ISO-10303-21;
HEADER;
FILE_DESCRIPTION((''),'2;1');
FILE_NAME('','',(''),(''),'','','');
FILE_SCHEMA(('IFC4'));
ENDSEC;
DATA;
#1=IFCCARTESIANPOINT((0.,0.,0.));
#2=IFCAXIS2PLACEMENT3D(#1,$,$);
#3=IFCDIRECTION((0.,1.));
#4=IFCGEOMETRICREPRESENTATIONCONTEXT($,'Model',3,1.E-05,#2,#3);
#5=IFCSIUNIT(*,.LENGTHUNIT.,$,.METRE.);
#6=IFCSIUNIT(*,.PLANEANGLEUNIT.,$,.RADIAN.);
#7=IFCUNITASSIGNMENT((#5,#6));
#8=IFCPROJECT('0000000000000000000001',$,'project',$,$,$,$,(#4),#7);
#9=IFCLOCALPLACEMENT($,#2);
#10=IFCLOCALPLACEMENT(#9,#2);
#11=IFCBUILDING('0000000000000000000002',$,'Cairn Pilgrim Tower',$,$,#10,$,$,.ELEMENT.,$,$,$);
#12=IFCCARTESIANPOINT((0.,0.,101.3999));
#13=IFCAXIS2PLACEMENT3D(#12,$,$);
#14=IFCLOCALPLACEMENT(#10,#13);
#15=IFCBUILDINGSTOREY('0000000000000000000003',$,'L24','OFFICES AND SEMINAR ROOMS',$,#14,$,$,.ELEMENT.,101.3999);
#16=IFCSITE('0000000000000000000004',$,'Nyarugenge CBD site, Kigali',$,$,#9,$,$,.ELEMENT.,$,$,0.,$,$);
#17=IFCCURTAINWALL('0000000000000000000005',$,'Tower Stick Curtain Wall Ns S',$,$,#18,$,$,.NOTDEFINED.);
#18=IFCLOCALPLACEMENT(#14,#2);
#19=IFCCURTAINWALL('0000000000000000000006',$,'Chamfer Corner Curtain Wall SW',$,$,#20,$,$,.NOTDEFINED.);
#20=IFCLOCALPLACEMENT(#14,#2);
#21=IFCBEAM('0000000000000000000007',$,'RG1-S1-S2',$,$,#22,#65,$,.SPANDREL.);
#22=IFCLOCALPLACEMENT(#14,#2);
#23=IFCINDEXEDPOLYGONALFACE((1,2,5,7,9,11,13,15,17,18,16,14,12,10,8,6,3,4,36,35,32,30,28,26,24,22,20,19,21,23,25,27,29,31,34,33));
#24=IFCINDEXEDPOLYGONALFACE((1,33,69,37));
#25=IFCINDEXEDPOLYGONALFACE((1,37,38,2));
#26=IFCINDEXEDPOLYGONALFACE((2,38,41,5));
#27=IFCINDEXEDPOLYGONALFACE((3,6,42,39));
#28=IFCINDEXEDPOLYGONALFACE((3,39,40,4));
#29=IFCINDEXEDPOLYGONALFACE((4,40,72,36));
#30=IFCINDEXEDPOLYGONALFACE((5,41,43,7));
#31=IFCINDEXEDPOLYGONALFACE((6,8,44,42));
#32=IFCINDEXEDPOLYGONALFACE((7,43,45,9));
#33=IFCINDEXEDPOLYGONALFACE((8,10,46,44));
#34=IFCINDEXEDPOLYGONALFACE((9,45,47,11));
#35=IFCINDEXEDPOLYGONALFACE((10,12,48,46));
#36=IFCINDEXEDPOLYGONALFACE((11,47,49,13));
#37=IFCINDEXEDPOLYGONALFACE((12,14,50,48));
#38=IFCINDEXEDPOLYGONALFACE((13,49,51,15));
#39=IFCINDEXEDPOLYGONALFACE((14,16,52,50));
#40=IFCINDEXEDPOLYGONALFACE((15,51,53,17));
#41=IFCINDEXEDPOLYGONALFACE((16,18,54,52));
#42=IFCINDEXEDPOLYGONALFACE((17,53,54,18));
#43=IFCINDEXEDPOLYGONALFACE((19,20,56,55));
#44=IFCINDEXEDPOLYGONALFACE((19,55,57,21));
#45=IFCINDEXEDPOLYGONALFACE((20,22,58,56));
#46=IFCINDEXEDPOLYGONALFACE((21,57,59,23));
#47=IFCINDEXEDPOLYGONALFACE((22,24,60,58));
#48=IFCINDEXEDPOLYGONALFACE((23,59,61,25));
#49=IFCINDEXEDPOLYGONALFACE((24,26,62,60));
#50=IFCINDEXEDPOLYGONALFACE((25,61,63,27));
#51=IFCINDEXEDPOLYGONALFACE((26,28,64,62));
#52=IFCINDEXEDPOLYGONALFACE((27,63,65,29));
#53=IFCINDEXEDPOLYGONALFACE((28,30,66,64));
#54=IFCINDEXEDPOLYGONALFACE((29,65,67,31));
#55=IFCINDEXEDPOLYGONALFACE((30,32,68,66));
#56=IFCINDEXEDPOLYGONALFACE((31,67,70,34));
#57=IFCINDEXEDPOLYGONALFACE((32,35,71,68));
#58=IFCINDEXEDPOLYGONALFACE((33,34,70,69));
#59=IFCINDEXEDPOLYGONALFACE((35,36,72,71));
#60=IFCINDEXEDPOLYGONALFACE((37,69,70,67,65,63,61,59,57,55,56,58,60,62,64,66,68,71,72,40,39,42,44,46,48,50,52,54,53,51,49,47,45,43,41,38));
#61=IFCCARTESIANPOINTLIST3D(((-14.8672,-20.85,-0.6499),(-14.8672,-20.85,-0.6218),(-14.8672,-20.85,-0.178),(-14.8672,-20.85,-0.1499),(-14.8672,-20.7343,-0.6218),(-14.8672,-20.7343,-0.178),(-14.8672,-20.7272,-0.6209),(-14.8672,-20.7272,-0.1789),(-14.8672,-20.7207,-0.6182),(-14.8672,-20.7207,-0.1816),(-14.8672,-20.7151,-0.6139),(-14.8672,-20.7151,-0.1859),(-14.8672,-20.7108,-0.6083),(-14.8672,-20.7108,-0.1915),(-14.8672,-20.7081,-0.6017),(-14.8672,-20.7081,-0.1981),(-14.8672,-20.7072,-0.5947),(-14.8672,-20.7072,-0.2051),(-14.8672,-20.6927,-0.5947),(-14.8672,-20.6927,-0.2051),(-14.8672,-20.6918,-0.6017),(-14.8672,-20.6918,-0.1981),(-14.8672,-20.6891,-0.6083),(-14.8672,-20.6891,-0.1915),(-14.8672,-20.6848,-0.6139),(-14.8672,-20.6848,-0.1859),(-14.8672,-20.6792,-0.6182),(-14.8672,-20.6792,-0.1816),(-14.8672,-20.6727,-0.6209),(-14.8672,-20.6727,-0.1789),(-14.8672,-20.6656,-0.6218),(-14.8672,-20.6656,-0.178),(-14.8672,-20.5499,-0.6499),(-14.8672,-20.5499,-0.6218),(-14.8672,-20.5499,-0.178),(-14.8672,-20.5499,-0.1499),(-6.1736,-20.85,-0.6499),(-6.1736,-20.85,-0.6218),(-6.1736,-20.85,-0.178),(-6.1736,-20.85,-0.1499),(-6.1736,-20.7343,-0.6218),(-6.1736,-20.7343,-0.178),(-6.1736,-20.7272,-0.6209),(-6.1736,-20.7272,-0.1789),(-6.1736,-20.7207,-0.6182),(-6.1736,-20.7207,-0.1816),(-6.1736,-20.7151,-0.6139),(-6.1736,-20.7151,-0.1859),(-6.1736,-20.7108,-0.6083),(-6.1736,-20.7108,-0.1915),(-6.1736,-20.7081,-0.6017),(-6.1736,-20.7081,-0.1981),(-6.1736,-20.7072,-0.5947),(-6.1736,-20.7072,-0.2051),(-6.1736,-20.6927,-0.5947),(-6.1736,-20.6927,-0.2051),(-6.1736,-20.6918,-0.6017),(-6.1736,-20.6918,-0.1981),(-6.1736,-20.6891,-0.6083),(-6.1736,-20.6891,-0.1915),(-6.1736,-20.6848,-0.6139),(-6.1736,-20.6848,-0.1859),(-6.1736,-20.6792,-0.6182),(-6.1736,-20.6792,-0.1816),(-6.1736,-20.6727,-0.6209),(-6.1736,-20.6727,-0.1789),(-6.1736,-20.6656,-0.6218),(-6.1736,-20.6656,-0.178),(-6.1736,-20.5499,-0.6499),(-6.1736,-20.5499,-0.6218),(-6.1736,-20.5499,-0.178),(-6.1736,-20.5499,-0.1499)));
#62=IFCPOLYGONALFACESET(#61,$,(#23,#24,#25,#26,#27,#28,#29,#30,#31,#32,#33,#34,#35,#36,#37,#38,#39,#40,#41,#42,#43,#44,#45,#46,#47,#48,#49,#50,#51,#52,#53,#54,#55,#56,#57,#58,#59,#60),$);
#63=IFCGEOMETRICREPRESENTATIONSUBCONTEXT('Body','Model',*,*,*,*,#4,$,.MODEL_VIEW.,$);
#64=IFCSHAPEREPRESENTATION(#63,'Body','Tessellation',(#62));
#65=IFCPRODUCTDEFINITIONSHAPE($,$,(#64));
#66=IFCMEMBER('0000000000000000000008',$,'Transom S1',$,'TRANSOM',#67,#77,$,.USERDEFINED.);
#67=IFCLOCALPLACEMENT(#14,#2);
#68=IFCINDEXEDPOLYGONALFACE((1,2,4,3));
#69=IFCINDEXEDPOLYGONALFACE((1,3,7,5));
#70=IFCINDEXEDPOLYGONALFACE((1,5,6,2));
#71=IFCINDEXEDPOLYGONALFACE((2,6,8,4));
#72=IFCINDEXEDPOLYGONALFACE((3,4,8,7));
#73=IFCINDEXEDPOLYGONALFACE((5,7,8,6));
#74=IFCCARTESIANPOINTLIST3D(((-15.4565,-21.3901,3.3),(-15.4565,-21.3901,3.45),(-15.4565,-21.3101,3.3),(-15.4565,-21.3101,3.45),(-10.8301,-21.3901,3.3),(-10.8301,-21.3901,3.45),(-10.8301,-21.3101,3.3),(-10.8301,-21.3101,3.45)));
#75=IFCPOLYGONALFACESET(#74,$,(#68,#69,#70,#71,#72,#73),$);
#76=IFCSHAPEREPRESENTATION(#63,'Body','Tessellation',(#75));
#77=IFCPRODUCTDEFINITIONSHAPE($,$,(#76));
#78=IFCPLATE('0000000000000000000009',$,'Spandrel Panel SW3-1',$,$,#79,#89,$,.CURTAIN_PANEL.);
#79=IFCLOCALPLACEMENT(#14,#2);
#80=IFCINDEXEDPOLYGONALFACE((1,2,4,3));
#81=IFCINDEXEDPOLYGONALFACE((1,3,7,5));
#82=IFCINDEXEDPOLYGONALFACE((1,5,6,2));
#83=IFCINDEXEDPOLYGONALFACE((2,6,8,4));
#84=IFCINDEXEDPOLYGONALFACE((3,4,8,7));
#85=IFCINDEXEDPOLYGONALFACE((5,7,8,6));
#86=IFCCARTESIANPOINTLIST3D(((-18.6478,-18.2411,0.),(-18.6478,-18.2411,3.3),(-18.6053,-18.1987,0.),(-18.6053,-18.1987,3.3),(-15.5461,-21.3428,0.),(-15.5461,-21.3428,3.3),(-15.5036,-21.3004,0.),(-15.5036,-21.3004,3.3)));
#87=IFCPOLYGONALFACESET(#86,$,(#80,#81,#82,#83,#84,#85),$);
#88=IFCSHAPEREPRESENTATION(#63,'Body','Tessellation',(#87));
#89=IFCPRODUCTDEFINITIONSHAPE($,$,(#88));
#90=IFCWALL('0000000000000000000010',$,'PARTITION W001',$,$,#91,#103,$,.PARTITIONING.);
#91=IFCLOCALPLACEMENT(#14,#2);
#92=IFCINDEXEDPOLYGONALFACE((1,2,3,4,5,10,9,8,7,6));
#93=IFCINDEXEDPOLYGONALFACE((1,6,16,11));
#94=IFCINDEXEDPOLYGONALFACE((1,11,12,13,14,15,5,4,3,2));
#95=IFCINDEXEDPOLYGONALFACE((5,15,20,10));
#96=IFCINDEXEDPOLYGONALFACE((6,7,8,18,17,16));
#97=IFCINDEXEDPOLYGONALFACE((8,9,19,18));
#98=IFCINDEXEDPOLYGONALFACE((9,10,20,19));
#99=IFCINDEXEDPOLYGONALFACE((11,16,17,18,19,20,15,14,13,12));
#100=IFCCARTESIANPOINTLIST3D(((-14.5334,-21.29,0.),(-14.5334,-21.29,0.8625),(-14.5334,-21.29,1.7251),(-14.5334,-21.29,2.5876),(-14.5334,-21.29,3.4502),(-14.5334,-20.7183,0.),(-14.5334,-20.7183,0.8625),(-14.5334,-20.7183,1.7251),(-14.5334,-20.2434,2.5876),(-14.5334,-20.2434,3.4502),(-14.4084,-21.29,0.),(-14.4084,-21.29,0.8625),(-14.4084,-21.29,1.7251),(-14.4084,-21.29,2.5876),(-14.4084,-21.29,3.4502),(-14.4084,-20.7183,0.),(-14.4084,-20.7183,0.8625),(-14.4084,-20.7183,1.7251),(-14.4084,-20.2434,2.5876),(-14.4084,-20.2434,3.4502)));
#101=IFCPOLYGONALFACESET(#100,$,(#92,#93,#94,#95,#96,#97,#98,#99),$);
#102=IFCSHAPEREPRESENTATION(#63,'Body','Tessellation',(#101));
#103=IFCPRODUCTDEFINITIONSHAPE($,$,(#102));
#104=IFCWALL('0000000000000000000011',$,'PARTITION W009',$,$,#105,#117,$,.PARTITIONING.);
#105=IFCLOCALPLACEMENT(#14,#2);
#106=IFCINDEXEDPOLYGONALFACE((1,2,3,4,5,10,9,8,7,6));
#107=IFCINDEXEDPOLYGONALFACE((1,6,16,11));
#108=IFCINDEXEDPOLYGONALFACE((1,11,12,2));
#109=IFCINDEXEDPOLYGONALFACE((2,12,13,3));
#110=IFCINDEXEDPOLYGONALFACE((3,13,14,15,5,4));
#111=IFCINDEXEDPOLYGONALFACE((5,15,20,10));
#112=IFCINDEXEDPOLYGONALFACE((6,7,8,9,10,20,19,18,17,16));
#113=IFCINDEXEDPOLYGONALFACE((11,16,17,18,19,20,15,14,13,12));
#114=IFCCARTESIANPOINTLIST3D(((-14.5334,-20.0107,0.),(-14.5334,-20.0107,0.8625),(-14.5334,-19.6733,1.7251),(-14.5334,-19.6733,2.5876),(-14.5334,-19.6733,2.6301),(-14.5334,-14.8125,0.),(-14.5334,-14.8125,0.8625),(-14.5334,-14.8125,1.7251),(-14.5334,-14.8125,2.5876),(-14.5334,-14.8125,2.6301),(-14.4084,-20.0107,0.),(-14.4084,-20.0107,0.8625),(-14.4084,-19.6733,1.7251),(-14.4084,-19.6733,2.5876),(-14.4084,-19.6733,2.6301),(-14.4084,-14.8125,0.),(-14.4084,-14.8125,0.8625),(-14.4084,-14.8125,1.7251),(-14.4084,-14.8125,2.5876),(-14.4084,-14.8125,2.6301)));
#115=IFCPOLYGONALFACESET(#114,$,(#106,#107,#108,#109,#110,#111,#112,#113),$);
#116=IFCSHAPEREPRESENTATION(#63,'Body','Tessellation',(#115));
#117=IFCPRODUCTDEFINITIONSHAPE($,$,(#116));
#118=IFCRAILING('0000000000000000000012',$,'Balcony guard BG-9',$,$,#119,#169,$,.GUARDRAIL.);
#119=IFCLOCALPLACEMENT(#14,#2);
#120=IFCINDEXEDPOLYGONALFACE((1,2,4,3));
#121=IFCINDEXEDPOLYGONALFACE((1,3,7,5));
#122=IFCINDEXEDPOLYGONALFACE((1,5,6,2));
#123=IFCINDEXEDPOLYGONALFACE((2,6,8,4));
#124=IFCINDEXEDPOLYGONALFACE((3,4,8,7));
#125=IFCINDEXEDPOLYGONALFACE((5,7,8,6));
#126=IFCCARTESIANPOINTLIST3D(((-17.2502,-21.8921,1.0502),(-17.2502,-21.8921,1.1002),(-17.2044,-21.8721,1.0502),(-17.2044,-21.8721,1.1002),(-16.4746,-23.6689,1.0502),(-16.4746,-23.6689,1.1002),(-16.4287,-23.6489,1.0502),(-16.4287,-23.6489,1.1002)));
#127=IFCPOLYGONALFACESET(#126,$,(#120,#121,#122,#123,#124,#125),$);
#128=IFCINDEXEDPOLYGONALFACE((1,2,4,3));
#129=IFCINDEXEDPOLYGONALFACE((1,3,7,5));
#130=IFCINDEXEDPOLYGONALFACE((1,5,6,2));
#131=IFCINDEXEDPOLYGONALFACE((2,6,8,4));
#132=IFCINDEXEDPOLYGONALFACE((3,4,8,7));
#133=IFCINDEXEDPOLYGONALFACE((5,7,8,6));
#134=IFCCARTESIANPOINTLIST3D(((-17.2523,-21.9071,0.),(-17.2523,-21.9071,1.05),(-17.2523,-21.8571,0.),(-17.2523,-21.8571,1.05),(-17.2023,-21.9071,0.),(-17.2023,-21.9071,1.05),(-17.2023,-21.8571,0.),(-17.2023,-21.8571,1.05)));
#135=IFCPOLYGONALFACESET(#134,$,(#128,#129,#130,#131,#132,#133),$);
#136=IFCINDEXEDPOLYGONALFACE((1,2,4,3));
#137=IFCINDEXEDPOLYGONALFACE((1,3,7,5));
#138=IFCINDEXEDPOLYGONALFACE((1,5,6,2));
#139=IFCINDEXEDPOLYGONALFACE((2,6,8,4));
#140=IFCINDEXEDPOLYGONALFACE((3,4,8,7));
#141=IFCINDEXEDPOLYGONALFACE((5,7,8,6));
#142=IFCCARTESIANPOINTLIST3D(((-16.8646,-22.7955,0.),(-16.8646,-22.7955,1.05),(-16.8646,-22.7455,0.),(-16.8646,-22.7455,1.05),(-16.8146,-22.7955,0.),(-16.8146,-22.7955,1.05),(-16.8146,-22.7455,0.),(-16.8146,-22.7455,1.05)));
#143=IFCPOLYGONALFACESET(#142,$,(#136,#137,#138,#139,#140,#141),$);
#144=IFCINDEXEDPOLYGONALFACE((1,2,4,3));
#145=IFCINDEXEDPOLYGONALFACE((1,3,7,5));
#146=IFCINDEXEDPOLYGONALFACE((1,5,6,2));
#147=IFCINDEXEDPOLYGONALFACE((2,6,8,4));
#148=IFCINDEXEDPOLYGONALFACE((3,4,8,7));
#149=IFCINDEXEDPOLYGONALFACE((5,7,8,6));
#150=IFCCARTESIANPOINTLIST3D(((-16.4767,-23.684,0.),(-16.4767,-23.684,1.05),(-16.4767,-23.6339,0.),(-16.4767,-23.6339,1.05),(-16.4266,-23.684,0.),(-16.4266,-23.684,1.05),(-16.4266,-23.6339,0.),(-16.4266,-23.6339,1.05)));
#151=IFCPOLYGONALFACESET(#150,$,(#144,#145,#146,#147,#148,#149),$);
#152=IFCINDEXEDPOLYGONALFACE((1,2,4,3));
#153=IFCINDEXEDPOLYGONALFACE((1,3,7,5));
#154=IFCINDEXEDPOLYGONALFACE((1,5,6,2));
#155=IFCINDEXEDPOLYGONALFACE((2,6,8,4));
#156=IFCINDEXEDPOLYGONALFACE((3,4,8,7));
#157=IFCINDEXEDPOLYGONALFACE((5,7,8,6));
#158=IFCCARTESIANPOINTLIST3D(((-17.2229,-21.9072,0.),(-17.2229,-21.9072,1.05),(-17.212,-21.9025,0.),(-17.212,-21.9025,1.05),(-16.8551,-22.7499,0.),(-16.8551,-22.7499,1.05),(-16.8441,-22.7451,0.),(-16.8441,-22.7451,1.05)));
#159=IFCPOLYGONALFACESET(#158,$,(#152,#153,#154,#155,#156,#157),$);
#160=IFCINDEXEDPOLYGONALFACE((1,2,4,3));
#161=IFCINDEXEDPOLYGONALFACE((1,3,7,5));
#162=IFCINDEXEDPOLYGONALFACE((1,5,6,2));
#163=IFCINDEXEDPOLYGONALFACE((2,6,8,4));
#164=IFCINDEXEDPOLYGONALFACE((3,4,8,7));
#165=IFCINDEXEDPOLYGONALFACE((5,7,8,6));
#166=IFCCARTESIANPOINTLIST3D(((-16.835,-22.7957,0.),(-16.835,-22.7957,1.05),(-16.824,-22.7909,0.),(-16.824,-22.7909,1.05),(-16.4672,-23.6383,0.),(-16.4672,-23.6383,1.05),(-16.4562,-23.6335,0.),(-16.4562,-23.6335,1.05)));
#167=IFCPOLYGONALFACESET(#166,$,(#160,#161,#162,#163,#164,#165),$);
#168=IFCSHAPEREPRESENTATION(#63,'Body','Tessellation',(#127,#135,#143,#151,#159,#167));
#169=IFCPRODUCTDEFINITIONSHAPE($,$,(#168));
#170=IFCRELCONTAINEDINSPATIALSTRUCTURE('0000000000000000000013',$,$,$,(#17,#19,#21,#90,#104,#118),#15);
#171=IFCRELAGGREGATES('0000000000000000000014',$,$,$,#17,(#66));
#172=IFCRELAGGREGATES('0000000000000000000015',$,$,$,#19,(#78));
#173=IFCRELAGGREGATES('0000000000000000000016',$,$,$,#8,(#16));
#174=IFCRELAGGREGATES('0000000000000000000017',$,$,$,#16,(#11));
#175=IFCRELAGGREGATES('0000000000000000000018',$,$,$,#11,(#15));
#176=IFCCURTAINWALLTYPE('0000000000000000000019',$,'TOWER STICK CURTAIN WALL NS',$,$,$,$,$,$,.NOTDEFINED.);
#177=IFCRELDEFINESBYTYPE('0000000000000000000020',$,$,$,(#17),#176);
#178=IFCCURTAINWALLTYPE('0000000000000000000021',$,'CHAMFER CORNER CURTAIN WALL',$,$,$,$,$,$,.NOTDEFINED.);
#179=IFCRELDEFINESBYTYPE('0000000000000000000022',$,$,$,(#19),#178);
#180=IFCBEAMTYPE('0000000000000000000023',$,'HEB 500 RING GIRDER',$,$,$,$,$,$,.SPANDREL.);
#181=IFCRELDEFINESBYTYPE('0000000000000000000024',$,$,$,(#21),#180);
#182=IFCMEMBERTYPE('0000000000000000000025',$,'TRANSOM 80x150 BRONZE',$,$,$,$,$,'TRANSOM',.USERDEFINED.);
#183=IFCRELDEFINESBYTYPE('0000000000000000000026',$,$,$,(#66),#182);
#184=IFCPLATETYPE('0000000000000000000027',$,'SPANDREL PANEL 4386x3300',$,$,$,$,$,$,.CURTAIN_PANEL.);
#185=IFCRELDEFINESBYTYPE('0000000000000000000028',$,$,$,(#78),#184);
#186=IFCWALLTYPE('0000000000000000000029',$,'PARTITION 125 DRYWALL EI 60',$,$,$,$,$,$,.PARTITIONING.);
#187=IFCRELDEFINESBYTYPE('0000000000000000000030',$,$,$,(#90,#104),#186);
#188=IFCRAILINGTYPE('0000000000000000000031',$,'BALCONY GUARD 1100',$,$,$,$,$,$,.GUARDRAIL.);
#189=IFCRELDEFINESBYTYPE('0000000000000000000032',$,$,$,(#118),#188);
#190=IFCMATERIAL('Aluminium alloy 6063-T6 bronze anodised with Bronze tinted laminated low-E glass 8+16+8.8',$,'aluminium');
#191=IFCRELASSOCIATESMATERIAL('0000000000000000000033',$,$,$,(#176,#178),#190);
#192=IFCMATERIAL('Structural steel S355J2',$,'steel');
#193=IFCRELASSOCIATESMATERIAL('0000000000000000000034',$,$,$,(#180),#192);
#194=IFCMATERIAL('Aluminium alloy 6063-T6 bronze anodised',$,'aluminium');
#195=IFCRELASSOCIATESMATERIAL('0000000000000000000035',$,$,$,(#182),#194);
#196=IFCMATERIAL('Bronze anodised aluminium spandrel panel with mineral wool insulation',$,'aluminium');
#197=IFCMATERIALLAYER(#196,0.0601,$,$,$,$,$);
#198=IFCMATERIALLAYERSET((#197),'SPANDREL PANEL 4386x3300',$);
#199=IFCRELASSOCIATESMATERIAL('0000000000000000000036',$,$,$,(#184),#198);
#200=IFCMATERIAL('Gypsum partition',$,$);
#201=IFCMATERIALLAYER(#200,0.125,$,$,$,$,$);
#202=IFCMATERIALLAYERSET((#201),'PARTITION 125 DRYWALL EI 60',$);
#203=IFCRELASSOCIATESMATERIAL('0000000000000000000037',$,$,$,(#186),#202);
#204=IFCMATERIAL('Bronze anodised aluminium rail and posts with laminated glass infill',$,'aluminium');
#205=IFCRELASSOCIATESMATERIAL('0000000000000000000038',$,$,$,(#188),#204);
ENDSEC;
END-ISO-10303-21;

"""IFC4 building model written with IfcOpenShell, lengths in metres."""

from ifc_helpers import new_model, si_unit, direction, frame, origin, origin_2d, place, context, subcontext, project, spatial, polyline, rectangle, i_section, outline, extrude, material, layer, layer_set, material_profile, profile_set, type_object, element, aggregate, save


model = new_model("IFC4")

# Units and contexts
model_context = context("Model", 3, precision=1e-05, world=origin(), true_north=direction((0.0, 1.0)))
body_context = subcontext(model_context, "Body", "Model", "MODEL_VIEW")
ifc_project = project(units=[si_unit("LENGTHUNIT", "METRE"), si_unit("PLANEANGLEUNIT", "RADIAN")], contexts=[model_context])

# Site, building, storey
site_placement = place(None, origin())
site = spatial("IfcSite", under=ifc_project, at=site_placement, Name="Nyarugenge CBD site, Kigali", CompositionType="ELEMENT", RefElevation=0.0)
building_placement = place(site_placement, origin())
building = spatial("IfcBuilding", under=site, at=building_placement, Name="Cairn Pilgrim Tower", CompositionType="ELEMENT")
storey_placement = place(building_placement, frame((0.0, 0.0, 101.3999)))
storey = spatial("IfcBuildingStorey", under=building, at=storey_placement, Name="L24", Description="OFFICES AND SEMINAR ROOMS", CompositionType="ELEMENT", Elevation=101.3999)

# Curtain walls
ifc_material_1 = material(Name="Aluminium alloy 6063-T6 bronze anodised with Bronze tinted laminated low-E glass 8+16+8.8", Category="aluminium")
curtain_wall_type_1 = type_object("IfcCurtainWallType", Name="TOWER STICK CURTAIN WALL NS", PredefinedType="NOTDEFINED", material=ifc_material_1)
curtain_wall_1_placement = place(storey_placement, origin())
curtain_wall_1 = element("IfcCurtainWall", 1, at=curtain_wall_1_placement, inside=storey, type_object=curtain_wall_type_1, Name="Tower Stick Curtain Wall Ns S", PredefinedType="NOTDEFINED")
ifc_material_2 = material(Name="Aluminium alloy 6063-T6 bronze anodised", Category="aluminium")
curtain_wall_type_2 = type_object("IfcCurtainWallType", Name="CHAMFER CORNER CURTAIN WALL", PredefinedType="NOTDEFINED", material=ifc_material_1)
curtain_wall_2_placement = place(storey_placement, origin())
curtain_wall_2 = element("IfcCurtainWall", 2, at=curtain_wall_2_placement, inside=storey, type_object=curtain_wall_type_2, Name="Chamfer Corner Curtain Wall SW", PredefinedType="NOTDEFINED")

# Beam
ifc_material_3 = material(Name="Structural steel S355J2", Category="steel")
ifc_material_profile_1 = material_profile(ifc_material_3, i_section(OverallWidth=0.3, OverallDepth=0.5, WebThickness=0.0144, FlangeThickness=0.0281, FilletRadius=0.0271, at=origin_2d()), Name="HEB 500")
ifc_profile_set_1 = profile_set([ifc_material_profile_1], Name="Structural steel S355J2")
beam_type_1 = type_object("IfcBeamType", Name="HEB 500 RING GIRDER", PredefinedType="SPANDREL", material=ifc_profile_set_1)
beam_1_placement = place(storey_placement, frame((-14.8672, -20.7, -0.3999), z_axis=(1.0, 0.0, 0.0), x_axis=(0.0, 1.0, 0.0)))
element("IfcBeam", 3, at=beam_1_placement, inside=storey, type_object=beam_type_1, Name="RG1-S1-S2", PredefinedType="SPANDREL", context=body_context, shape_type="SweptSolid", body=[
    extrude(i_section(OverallWidth=0.3, OverallDepth=0.5, WebThickness=0.0144, FlangeThickness=0.0281, FilletRadius=0.0271, at=origin_2d()), origin(), (0.0, 0.0, 1.0), 8.6936),
])

# Member
ifc_material_profile_2 = material_profile(ifc_material_2, rectangle(XDim=0.0801, YDim=0.1499, at=origin_2d()), Name="TRANSOM 80x150 BRONZE")
ifc_profile_set_2 = profile_set([ifc_material_profile_2], Name="Aluminium alloy 6063-T6 bronze anodised")
member_type_1 = type_object("IfcMemberType", Name="TRANSOM 80x150 BRONZE", ElementType="TRANSOM", PredefinedType="USERDEFINED", material=ifc_profile_set_2)
member_1_placement = place(storey_placement, frame((-15.4565, -21.3501, 3.375), z_axis=(1.0, 0.0, 0.0), x_axis=(0.0, 1.0, 0.0)))
member_1 = element("IfcMember", 4, at=member_1_placement, type_object=member_type_1, Name="Transom S1", ObjectType="TRANSOM", PredefinedType="USERDEFINED", context=body_context, shape_type="SweptSolid", body=[
    extrude(rectangle(XDim=0.0801, YDim=0.1499, at=origin_2d()), origin(), (0.0, 0.0, 1.0), 4.6265),
])
aggregate(curtain_wall_1, [member_1])

# Plate
ifc_material_4 = material(Name="Bronze anodised aluminium spandrel panel with mineral wool insulation", Category="aluminium")
ifc_layer_1 = layer(ifc_material_4, 0.0601)
ifc_layer_set_1 = layer_set([ifc_layer_1], Name="SPANDREL PANEL 4386x3300")
plate_type = type_object("IfcPlateType", Name="SPANDREL PANEL 4386x3300", PredefinedType="CURTAIN_PANEL", material=ifc_layer_set_1)
plate_placement = place(storey_placement, frame((-17.0757, -19.7708, 0.0), z_axis=(0.0, 0.0, 1.0), x_axis=(0.707107, -0.707107, 0.0)))
plate = element("IfcPlate", 5, at=plate_placement, type_object=plate_type, Name="Spandrel Panel SW3-1", PredefinedType="CURTAIN_PANEL", context=body_context, shape_type="SweptSolid", body=[
    extrude(rectangle(XDim=4.3865, YDim=0.0601, at=origin_2d()), origin(), (0.0, 0.0, 1.0), 3.3),
])
aggregate(curtain_wall_2, [plate])

# Walls
ifc_material_5 = material(Name="Gypsum partition")
ifc_layer_2 = layer(ifc_material_5, 0.125)
ifc_layer_set_2 = layer_set([ifc_layer_2], Name="PARTITION 125 DRYWALL EI 60")
wall_type = type_object("IfcWallType", Name="PARTITION 125 DRYWALL EI 60", PredefinedType="PARTITIONING", material=ifc_layer_set_2)
wall_1_placement = place(storey_placement, frame((-14.4709, -21.29, 0.0), z_axis=(0.0, 0.0, 1.0), x_axis=(0.0, 1.0, 0.0)))
element("IfcWall", 6, at=wall_1_placement, inside=storey, type_object=wall_type, Name="PARTITION W001", PredefinedType="PARTITIONING", context=body_context, shape_type="SweptSolid", body=[
    extrude(outline(polyline([(0.0, 0.0), (0.5718, 0.0), (0.5718, 0.8625), (0.5718, 1.7251), (1.0466, 2.5876), (1.0466, 3.4502), (0.0, 3.4502), (0.0, 2.5876), (0.0, 1.7251), (0.0, 0.8625), (0.0, 0.0)])), frame((0.0, 0.0625, 0.0), z_axis=(0.0, -1.0, 0.0), x_axis=(1.0, 0.0, 0.0)), (0.0, 0.0, 1.0), 0.125),
])
wall_2_placement = place(storey_placement, frame((-14.4709, -20.0107, 0.0), z_axis=(0.0, 0.0, 1.0), x_axis=(0.0, 1.0, 0.0)))
element("IfcWall", 7, at=wall_2_placement, inside=storey, type_object=wall_type, Name="PARTITION W009", PredefinedType="PARTITIONING", context=body_context, shape_type="SweptSolid", body=[
    extrude(outline(polyline([(0.0, 0.0), (5.1982, 0.0), (5.1982, 0.8625), (5.1982, 1.7251), (5.1982, 2.5876), (5.1982, 2.6301), (0.3374, 2.6301), (0.3374, 2.5876), (0.3374, 1.7251), (0.0, 0.8625), (0.0, 0.0)])), frame((0.0, 0.0625, 0.0), z_axis=(0.0, -1.0, 0.0), x_axis=(1.0, 0.0, 0.0)), (0.0, 0.0, 1.0), 0.125),
])

# Railing
ifc_material_6 = material(Name="Bronze anodised aluminium rail and posts with laminated glass infill", Category="aluminium")
railing_type_1 = type_object("IfcRailingType", Name="BALCONY GUARD 1100", PredefinedType="GUARDRAIL", material=ifc_material_6)
railing_1_placement = place(storey_placement, frame((-17.2273, -21.8821, 0.0)))
element("IfcRailing", 8, at=railing_1_placement, inside=storey, type_object=railing_type_1, Name="Balcony guard BG-9", PredefinedType="GUARDRAIL", context=body_context, shape_type="SweptSolid", body=[
    extrude(rectangle(XDim=0.05, YDim=0.05, at=origin_2d()), frame((0.0, 0.0, 1.0752), z_axis=(0.400066, -0.916486, 0.0), x_axis=(0.916486, 0.400066, 0.0)), (0.0, 0.0, 1.0), 1.9387),
    extrude(rectangle(XDim=0.05, YDim=0.05, at=origin_2d()), origin(), (0.0, 0.0, 1.0), 1.05),
    extrude(rectangle(XDim=0.05, YDim=0.05, at=origin_2d()), frame((0.3877, -0.8884, 0.0)), (0.0, 0.0, 1.0), 1.05),
    extrude(rectangle(XDim=0.05, YDim=0.05, at=origin_2d()), frame((0.7756, -1.7769, 0.0)), (0.0, 0.0, 1.0), 1.05),
    extrude(outline(polyline([(0.0249, 0.0), (0.9443, 0.0), (0.9443, 1.05), (0.0249, 1.05), (0.0249, 0.0)])), frame((0.0054, 0.0024, 0.0), z_axis=(-0.916486, -0.400066, 0.0), x_axis=(0.400066, -0.916486, 0.0)), (0.0, 0.0, 1.0), 0.012),
    extrude(outline(polyline([(0.0249, 0.0), (0.9443, 0.0), (0.9443, 1.05), (0.0249, 1.05), (0.0249, 0.0)])), frame((0.3933, -0.886, 0.0), z_axis=(-0.916486, -0.400066, 0.0), x_axis=(0.400066, -0.916486, 0.0)), (0.0, 0.0, 1.0), 0.012),
])

save(model, "model.ifc")
